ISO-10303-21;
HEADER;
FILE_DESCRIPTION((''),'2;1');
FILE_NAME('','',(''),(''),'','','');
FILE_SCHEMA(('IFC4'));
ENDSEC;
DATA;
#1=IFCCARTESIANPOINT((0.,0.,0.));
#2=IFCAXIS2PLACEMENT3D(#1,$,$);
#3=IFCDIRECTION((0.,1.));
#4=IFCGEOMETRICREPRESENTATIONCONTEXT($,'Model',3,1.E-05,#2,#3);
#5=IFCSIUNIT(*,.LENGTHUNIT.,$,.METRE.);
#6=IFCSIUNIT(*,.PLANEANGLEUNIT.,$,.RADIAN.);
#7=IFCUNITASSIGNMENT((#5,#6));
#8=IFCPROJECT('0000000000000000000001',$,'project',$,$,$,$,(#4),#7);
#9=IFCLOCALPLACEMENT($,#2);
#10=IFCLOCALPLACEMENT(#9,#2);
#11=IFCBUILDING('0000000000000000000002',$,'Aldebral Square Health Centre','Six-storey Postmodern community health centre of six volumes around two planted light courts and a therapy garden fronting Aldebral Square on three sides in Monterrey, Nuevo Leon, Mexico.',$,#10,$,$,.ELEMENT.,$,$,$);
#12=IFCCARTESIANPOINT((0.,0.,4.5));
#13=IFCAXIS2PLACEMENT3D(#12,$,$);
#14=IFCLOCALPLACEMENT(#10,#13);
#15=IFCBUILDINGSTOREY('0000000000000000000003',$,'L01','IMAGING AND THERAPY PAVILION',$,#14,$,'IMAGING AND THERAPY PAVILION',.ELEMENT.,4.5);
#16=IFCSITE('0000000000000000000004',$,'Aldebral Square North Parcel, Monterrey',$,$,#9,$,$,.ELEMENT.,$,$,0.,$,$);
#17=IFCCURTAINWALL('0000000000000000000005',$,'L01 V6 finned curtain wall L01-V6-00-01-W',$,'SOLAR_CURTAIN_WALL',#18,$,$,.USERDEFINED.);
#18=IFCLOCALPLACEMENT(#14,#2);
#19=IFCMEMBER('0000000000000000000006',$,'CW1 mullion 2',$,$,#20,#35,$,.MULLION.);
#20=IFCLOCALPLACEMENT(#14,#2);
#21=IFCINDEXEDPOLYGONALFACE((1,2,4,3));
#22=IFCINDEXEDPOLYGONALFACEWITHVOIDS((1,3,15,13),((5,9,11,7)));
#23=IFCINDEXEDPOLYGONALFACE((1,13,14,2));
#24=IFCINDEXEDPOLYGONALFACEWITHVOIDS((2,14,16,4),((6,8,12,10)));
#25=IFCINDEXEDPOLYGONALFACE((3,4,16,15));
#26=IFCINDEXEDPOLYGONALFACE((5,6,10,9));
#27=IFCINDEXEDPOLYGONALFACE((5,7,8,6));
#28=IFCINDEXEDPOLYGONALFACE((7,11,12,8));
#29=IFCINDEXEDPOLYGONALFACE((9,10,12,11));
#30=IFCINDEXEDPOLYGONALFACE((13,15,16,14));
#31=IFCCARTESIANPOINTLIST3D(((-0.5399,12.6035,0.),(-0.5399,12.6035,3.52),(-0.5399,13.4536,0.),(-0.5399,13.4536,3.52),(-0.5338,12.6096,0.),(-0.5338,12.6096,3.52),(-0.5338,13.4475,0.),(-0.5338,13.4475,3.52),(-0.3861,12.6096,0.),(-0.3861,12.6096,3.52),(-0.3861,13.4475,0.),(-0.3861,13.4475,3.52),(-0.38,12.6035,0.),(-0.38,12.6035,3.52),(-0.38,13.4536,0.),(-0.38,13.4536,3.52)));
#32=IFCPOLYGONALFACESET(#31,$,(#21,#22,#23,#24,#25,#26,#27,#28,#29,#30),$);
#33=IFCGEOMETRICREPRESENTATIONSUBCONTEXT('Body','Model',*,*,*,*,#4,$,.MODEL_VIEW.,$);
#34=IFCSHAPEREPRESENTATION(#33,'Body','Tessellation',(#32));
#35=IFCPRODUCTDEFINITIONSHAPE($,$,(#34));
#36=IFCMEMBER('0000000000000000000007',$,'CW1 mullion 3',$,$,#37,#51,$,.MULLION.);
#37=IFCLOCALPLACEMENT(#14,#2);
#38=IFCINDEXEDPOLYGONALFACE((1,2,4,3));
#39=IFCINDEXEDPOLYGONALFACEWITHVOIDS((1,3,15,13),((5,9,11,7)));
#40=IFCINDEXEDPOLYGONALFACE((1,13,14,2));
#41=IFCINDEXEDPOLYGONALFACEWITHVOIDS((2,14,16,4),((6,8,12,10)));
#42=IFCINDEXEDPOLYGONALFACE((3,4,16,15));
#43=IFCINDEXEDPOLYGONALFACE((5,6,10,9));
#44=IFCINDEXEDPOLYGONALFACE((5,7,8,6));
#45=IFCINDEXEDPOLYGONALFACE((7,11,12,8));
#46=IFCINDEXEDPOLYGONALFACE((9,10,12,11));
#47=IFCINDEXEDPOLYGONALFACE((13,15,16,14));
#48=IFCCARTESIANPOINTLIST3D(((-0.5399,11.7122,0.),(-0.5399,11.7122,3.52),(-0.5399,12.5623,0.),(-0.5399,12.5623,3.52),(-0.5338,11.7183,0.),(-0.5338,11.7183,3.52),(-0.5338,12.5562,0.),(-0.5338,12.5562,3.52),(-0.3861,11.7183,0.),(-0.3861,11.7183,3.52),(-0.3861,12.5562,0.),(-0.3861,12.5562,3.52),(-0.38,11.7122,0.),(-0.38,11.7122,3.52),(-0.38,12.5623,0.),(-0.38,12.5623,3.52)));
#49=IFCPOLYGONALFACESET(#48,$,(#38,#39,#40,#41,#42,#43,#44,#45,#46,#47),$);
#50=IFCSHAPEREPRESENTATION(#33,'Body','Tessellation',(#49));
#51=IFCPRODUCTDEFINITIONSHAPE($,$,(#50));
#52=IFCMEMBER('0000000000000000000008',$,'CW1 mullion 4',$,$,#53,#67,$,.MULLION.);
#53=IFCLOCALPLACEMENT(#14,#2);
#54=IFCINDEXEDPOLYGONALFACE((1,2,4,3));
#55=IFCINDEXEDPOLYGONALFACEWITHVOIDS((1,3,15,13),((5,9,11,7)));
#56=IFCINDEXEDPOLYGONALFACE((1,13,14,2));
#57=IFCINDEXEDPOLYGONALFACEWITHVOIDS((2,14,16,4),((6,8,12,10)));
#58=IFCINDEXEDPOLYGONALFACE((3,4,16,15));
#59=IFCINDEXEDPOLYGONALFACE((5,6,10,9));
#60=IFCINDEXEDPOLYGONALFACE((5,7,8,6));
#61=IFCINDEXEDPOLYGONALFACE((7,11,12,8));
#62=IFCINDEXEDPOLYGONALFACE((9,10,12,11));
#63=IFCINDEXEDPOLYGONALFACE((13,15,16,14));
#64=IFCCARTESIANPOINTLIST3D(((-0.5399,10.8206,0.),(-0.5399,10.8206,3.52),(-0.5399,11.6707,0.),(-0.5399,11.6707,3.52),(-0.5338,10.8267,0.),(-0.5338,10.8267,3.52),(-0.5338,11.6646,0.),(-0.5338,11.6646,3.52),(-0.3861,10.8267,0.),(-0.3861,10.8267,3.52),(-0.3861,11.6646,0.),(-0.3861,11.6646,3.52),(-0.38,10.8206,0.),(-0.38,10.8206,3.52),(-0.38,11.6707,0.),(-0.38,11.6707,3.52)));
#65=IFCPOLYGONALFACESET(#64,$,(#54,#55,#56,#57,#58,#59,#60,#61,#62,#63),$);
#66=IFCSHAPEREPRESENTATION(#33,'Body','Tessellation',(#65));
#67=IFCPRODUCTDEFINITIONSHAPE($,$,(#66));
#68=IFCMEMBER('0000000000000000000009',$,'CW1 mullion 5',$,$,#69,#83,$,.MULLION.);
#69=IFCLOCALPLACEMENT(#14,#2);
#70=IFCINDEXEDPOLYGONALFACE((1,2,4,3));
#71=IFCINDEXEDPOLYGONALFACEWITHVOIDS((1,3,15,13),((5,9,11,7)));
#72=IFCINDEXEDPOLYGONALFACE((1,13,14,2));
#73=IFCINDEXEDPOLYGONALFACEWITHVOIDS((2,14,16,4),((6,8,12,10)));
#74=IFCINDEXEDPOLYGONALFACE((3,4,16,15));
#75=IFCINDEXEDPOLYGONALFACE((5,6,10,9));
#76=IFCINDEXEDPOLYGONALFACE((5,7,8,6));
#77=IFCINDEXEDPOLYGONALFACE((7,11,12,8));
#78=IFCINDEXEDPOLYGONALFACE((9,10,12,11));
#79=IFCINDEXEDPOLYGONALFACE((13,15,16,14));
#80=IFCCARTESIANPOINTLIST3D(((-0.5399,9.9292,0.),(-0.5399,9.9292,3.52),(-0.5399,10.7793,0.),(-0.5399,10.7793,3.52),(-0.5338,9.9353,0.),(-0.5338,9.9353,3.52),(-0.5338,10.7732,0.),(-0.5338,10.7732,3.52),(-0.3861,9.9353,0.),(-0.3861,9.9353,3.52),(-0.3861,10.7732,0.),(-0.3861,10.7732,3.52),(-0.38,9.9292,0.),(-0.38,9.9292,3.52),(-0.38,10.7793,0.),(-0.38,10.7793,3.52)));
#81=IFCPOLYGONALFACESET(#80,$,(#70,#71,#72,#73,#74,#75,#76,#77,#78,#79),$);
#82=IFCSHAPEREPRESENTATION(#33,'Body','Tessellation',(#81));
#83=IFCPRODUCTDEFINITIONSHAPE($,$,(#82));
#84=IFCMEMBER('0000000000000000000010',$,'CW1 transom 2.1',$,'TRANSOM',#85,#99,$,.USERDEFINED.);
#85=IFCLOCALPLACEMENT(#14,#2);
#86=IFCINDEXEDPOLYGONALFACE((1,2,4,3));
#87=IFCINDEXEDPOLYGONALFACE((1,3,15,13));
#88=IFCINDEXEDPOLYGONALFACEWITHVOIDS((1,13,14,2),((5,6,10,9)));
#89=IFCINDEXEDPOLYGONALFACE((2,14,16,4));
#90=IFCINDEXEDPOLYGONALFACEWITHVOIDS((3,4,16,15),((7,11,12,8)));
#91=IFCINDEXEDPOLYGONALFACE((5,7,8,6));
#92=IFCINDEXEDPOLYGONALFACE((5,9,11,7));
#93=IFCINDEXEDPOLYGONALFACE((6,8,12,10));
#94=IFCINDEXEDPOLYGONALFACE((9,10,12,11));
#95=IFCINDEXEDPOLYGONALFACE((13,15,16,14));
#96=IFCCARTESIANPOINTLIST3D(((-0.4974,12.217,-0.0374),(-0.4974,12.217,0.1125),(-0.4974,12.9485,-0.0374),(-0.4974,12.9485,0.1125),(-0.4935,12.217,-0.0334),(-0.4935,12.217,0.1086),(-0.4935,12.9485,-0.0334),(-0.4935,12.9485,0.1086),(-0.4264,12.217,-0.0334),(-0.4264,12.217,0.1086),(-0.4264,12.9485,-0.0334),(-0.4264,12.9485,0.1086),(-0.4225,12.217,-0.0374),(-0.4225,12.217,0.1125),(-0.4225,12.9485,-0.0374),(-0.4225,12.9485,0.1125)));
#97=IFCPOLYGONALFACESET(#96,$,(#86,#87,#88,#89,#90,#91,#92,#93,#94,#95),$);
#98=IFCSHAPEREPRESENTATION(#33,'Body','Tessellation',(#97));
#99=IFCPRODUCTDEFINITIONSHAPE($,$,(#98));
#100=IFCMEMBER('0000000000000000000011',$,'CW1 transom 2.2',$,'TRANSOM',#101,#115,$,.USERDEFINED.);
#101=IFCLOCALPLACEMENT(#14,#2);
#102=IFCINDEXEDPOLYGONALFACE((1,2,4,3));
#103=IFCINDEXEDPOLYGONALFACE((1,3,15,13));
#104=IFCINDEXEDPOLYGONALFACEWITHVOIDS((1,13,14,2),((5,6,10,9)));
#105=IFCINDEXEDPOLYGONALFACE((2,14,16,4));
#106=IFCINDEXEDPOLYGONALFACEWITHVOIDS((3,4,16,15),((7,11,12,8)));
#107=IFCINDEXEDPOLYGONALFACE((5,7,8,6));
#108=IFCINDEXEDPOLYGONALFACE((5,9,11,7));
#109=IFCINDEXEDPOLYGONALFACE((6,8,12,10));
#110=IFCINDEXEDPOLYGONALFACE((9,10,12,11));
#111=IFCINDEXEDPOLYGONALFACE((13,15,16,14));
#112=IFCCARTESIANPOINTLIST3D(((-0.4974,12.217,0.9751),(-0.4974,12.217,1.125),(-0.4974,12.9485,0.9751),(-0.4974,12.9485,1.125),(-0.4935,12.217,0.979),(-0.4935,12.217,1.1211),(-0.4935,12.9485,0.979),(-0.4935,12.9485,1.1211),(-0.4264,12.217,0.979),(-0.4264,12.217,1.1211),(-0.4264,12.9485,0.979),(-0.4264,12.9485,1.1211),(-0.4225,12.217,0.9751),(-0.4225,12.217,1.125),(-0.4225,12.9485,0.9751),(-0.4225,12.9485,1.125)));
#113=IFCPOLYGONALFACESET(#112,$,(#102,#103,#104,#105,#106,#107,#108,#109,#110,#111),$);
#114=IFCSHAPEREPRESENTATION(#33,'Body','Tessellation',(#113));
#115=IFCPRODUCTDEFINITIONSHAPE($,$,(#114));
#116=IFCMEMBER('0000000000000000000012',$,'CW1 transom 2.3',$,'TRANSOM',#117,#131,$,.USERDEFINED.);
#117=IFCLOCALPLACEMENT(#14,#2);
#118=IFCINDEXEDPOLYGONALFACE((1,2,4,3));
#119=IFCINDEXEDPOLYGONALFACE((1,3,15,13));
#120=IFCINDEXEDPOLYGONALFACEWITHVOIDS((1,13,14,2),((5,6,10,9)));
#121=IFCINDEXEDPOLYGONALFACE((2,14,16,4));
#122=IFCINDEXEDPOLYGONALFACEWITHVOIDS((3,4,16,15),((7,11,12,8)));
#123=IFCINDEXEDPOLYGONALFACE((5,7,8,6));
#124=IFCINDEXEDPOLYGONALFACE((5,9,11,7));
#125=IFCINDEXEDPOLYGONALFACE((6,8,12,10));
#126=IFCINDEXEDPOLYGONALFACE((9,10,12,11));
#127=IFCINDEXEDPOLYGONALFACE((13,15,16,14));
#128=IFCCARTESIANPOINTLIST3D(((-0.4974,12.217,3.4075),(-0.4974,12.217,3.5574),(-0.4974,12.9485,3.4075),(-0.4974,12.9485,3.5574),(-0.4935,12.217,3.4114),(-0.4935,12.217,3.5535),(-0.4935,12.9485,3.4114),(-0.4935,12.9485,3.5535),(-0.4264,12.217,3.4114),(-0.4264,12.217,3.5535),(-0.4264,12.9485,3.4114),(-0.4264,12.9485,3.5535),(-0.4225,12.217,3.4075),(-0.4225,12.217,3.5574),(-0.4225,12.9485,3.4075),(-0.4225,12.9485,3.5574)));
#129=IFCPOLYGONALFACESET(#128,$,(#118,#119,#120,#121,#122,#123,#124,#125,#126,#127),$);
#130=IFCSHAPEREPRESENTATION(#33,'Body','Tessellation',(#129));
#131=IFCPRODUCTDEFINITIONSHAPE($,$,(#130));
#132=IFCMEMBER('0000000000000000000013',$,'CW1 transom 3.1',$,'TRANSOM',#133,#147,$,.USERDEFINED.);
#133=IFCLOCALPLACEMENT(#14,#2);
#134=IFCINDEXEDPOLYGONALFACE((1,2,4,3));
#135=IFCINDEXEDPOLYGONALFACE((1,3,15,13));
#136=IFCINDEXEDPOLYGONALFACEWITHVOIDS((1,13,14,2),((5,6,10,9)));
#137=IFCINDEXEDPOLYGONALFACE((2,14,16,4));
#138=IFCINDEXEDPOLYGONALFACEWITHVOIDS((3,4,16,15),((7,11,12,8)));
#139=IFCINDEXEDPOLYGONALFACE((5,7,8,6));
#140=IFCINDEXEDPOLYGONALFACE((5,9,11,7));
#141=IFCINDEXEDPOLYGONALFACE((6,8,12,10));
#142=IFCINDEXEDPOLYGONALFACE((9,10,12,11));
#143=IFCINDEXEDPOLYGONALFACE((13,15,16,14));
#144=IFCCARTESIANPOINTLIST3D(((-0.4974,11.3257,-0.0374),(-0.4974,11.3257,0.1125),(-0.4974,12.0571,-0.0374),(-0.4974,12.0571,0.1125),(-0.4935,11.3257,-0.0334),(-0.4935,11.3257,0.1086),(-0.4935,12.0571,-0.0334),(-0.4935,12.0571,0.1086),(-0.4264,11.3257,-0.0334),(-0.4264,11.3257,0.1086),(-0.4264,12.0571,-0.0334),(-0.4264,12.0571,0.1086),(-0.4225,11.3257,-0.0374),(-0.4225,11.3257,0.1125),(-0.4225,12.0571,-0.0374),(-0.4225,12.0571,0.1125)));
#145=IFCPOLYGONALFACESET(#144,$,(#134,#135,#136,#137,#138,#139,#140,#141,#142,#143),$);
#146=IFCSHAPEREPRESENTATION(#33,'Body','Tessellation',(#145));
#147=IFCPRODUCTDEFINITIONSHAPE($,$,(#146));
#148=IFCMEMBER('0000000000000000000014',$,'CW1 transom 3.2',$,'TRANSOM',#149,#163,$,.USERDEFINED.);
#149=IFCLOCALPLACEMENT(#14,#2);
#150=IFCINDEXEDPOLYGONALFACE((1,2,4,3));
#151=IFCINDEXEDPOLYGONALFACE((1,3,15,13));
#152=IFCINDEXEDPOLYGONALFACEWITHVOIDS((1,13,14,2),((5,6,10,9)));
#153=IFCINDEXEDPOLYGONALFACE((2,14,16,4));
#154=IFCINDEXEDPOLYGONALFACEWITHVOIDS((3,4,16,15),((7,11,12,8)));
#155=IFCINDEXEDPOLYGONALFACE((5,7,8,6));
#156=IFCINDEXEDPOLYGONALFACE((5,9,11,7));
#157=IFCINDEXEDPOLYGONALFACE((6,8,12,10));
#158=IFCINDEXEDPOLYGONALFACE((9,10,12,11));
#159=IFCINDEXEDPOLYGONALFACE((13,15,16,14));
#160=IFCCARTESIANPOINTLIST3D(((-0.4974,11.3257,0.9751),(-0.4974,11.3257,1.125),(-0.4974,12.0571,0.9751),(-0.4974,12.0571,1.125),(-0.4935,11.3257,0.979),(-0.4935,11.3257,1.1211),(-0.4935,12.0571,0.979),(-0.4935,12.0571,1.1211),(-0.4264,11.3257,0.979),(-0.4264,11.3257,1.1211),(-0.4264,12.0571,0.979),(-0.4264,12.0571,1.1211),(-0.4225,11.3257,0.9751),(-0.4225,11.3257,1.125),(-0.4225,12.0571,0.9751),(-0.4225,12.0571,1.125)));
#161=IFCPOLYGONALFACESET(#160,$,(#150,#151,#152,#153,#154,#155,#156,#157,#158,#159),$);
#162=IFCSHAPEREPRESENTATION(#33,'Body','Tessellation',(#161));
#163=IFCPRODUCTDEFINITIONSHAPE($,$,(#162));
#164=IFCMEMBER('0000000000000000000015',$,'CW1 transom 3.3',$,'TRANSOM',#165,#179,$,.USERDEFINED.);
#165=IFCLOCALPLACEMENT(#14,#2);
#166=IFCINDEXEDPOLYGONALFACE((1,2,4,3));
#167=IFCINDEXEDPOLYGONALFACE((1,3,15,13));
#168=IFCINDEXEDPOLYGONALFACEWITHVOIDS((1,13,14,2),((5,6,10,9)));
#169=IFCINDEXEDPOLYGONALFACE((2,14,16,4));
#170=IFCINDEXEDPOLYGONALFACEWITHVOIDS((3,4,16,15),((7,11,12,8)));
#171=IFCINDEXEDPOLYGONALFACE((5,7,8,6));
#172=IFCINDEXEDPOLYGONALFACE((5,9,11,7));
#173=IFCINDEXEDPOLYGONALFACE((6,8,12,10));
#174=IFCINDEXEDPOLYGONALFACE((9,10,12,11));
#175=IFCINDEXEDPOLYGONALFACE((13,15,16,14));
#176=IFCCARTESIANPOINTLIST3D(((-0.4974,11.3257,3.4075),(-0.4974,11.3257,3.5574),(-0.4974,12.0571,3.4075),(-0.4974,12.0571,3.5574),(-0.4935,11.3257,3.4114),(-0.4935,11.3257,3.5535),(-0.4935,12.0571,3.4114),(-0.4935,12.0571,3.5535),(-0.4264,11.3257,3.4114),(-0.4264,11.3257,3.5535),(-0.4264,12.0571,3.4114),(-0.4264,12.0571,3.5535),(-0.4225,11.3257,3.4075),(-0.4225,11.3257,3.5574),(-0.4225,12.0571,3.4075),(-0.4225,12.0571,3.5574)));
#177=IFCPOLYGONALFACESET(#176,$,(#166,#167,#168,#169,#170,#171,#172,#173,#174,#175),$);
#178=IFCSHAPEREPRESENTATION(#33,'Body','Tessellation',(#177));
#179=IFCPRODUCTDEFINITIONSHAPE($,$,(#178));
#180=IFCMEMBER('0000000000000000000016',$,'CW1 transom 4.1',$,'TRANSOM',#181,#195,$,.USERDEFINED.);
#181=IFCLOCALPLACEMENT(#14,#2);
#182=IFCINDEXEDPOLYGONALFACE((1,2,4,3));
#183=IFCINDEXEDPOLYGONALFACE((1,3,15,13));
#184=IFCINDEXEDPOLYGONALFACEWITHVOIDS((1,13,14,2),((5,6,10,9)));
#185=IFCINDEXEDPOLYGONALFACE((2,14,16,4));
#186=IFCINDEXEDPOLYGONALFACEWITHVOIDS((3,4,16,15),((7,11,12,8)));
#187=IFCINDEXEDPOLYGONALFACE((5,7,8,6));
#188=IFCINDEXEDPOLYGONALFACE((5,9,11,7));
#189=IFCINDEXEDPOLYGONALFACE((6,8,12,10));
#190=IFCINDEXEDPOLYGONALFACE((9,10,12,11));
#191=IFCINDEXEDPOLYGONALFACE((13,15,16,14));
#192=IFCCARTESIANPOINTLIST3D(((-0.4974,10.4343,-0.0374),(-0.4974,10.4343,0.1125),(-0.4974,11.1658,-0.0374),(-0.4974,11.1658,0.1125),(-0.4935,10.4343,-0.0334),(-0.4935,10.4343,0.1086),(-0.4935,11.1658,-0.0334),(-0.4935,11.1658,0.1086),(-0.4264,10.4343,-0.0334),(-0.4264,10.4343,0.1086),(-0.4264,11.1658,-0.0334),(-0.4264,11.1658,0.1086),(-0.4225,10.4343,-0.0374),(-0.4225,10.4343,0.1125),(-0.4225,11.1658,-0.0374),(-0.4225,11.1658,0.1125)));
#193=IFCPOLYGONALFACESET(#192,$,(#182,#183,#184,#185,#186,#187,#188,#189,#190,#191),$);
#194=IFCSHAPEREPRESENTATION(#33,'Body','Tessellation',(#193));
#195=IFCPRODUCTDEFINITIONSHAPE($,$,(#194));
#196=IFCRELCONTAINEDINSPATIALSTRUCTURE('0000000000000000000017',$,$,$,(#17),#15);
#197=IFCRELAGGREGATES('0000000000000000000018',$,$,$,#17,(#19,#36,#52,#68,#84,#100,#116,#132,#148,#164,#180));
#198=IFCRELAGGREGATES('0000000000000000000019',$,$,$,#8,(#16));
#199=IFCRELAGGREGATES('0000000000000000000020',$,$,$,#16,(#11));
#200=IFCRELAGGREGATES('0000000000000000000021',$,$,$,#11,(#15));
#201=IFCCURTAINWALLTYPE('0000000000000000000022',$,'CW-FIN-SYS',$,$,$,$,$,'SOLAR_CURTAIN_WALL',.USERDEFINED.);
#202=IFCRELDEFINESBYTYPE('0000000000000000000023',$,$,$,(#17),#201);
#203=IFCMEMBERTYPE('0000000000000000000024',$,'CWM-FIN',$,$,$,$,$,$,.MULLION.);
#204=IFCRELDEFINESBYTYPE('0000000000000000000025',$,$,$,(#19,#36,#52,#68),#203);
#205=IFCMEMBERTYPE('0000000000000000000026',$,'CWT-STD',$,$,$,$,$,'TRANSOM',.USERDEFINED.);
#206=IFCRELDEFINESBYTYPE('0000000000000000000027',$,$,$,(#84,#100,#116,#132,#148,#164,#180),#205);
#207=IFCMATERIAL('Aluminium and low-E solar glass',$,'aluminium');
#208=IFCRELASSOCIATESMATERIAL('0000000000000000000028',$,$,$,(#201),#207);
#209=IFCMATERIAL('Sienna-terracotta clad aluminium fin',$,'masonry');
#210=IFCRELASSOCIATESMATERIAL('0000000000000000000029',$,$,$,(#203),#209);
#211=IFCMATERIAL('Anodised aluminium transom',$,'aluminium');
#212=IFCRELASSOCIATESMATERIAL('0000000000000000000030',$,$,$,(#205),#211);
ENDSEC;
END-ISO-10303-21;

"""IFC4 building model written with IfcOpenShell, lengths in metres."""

from ifc_helpers import new_model, si_unit, direction, frame, origin, origin_2d, place, context, subcontext, project, spatial, hollow_rectangle, extrude, material, material_profile, profile_set, type_object, element, aggregate, save


model = new_model("IFC4")

# Units and contexts
model_context = context("Model", 3, precision=1e-05, world=origin(), true_north=direction((0.0, 1.0)))
body_context = subcontext(model_context, "Body", "Model", "MODEL_VIEW")
ifc_project = project(units=[si_unit("LENGTHUNIT", "METRE"), si_unit("PLANEANGLEUNIT", "RADIAN")], contexts=[model_context])

# Site, building, storey
site_placement = place(None, origin())
site = spatial("IfcSite", under=ifc_project, at=site_placement, Name="Aldebral Square North Parcel, Monterrey", CompositionType="ELEMENT", RefElevation=0.0)
building_placement = place(site_placement, origin())
building = spatial("IfcBuilding", under=site, at=building_placement, Name="Aldebral Square Health Centre", Description="Six-storey Postmodern community health centre of six volumes around two planted light courts and a therapy garden fronting Aldebral Square on three sides in Monterrey, Nuevo Leon, Mexico.", CompositionType="ELEMENT")
storey_placement = place(building_placement, frame((0.0, 0.0, 4.5)))
storey = spatial("IfcBuildingStorey", under=building, at=storey_placement, Name="L01", Description="IMAGING AND THERAPY PAVILION", LongName="IMAGING AND THERAPY PAVILION", CompositionType="ELEMENT", Elevation=4.5)

# Curtain wall, members
ifc_material_1 = material(Name="Aluminium and low-E solar glass", Category="aluminium")
curtain_wall_type = type_object("IfcCurtainWallType", Name="CW-FIN-SYS", ElementType="SOLAR_CURTAIN_WALL", PredefinedType="USERDEFINED", material=ifc_material_1)
curtain_wall_placement = place(storey_placement, origin())
curtain_wall = element("IfcCurtainWall", 1, at=curtain_wall_placement, inside=storey, type_object=curtain_wall_type, Name="L01 V6 finned curtain wall L01-V6-00-01-W", ObjectType="SOLAR_CURTAIN_WALL", PredefinedType="USERDEFINED")
ifc_material_2 = material(Name="Sienna-terracotta clad aluminium fin", Category="masonry")
ifc_material_profile_1 = material_profile(ifc_material_2, hollow_rectangle(XDim=0.1599, YDim=0.8501, WallThickness=0.0061, at=origin_2d()), Name="FIN 160x850x6")
ifc_profile_set_1 = profile_set([ifc_material_profile_1], Name="Sienna-terracotta clad aluminium fin")
member_type_1 = type_object("IfcMemberType", Name="CWM-FIN", PredefinedType="MULLION", material=ifc_profile_set_1)
member_1_placement = place(storey_placement, frame((-0.46, 13.0286, 0.0), z_axis=(0.0, 0.0, 1.0), x_axis=(1.0, 0.0, 0.0)))
member_1 = element("IfcMember", 2, at=member_1_placement, type_object=member_type_1, Name="CW1 mullion 2", PredefinedType="MULLION", context=body_context, shape_type="SweptSolid", body=[
    extrude(hollow_rectangle(XDim=0.1599, YDim=0.8501, WallThickness=0.0061, at=origin_2d()), origin(), (0.0, 0.0, 1.0), 3.52),
])
member_2_placement = place(storey_placement, frame((-0.46, 12.1372, 0.0), z_axis=(0.0, 0.0, 1.0), x_axis=(1.0, 0.0, 0.0)))
member_2 = element("IfcMember", 3, at=member_2_placement, type_object=member_type_1, Name="CW1 mullion 3", PredefinedType="MULLION", context=body_context, shape_type="SweptSolid", body=[
    extrude(hollow_rectangle(XDim=0.1599, YDim=0.8501, WallThickness=0.0061, at=origin_2d()), origin(), (0.0, 0.0, 1.0), 3.52),
])
member_3_placement = place(storey_placement, frame((-0.46, 11.2456, 0.0), z_axis=(0.0, 0.0, 1.0), x_axis=(1.0, 0.0, 0.0)))
member_3 = element("IfcMember", 4, at=member_3_placement, type_object=member_type_1, Name="CW1 mullion 4", PredefinedType="MULLION", context=body_context, shape_type="SweptSolid", body=[
    extrude(hollow_rectangle(XDim=0.1599, YDim=0.8501, WallThickness=0.0061, at=origin_2d()), origin(), (0.0, 0.0, 1.0), 3.52),
])
member_4_placement = place(storey_placement, frame((-0.46, 10.3542, 0.0), z_axis=(0.0, 0.0, 1.0), x_axis=(1.0, 0.0, 0.0)))
member_4 = element("IfcMember", 5, at=member_4_placement, type_object=member_type_1, Name="CW1 mullion 5", PredefinedType="MULLION", context=body_context, shape_type="SweptSolid", body=[
    extrude(hollow_rectangle(XDim=0.1599, YDim=0.8501, WallThickness=0.0061, at=origin_2d()), origin(), (0.0, 0.0, 1.0), 3.52),
])
ifc_material_3 = material(Name="Anodised aluminium transom", Category="aluminium")
ifc_material_profile_2 = material_profile(ifc_material_3, hollow_rectangle(XDim=0.075, YDim=0.1499, WallThickness=0.0039, at=origin_2d()), Name="CWT 75x150x4")
ifc_profile_set_2 = profile_set([ifc_material_profile_2], Name="Anodised aluminium transom")
member_type_2 = type_object("IfcMemberType", Name="CWT-STD", ElementType="TRANSOM", PredefinedType="USERDEFINED", material=ifc_profile_set_2)
member_5_placement = place(storey_placement, frame((-0.46, 12.9485, 0.0376), z_axis=(0.0, -1.0, 0.0), x_axis=(1.0, 0.0, 0.0)))
member_5 = element("IfcMember", 6, at=member_5_placement, type_object=member_type_2, Name="CW1 transom 2.1", ObjectType="TRANSOM", PredefinedType="USERDEFINED", context=body_context, shape_type="SweptSolid", body=[
    extrude(hollow_rectangle(XDim=0.075, YDim=0.1499, WallThickness=0.0039, at=origin_2d()), origin(), (0.0, 0.0, 1.0), 0.7314),
])
member_6_placement = place(storey_placement, frame((-0.46, 12.9485, 1.05), z_axis=(0.0, -1.0, 0.0), x_axis=(1.0, 0.0, 0.0)))
member_6 = element("IfcMember", 7, at=member_6_placement, type_object=member_type_2, Name="CW1 transom 2.2", ObjectType="TRANSOM", PredefinedType="USERDEFINED", context=body_context, shape_type="SweptSolid", body=[
    extrude(hollow_rectangle(XDim=0.075, YDim=0.1499, WallThickness=0.0039, at=origin_2d()), origin(), (0.0, 0.0, 1.0), 0.7314),
])
member_7_placement = place(storey_placement, frame((-0.46, 12.9485, 3.4824), z_axis=(0.0, -1.0, 0.0), x_axis=(1.0, 0.0, 0.0)))
member_7 = element("IfcMember", 8, at=member_7_placement, type_object=member_type_2, Name="CW1 transom 2.3", ObjectType="TRANSOM", PredefinedType="USERDEFINED", context=body_context, shape_type="SweptSolid", body=[
    extrude(hollow_rectangle(XDim=0.075, YDim=0.1499, WallThickness=0.0039, at=origin_2d()), origin(), (0.0, 0.0, 1.0), 0.7314),
])
member_8_placement = place(storey_placement, frame((-0.46, 12.0571, 0.0376), z_axis=(0.0, -1.0, 0.0), x_axis=(1.0, 0.0, 0.0)))
member_8 = element("IfcMember", 9, at=member_8_placement, type_object=member_type_2, Name="CW1 transom 3.1", ObjectType="TRANSOM", PredefinedType="USERDEFINED", context=body_context, shape_type="SweptSolid", body=[
    extrude(hollow_rectangle(XDim=0.075, YDim=0.1499, WallThickness=0.0039, at=origin_2d()), origin(), (0.0, 0.0, 1.0), 0.7314),
])
member_9_placement = place(storey_placement, frame((-0.46, 12.0571, 1.05), z_axis=(0.0, -1.0, 0.0), x_axis=(1.0, 0.0, 0.0)))
member_9 = element("IfcMember", 10, at=member_9_placement, type_object=member_type_2, Name="CW1 transom 3.2", ObjectType="TRANSOM", PredefinedType="USERDEFINED", context=body_context, shape_type="SweptSolid", body=[
    extrude(hollow_rectangle(XDim=0.075, YDim=0.1499, WallThickness=0.0039, at=origin_2d()), origin(), (0.0, 0.0, 1.0), 0.7314),
])
member_10_placement = place(storey_placement, frame((-0.46, 12.0571, 3.4824), z_axis=(0.0, -1.0, 0.0), x_axis=(1.0, 0.0, 0.0)))
member_10 = element("IfcMember", 11, at=member_10_placement, type_object=member_type_2, Name="CW1 transom 3.3", ObjectType="TRANSOM", PredefinedType="USERDEFINED", context=body_context, shape_type="SweptSolid", body=[
    extrude(hollow_rectangle(XDim=0.075, YDim=0.1499, WallThickness=0.0039, at=origin_2d()), origin(), (0.0, 0.0, 1.0), 0.7314),
])
member_11_placement = place(storey_placement, frame((-0.46, 11.1658, 0.0376), z_axis=(0.0, -1.0, 0.0), x_axis=(1.0, 0.0, 0.0)))
member_11 = element("IfcMember", 12, at=member_11_placement, type_object=member_type_2, Name="CW1 transom 4.1", ObjectType="TRANSOM", PredefinedType="USERDEFINED", context=body_context, shape_type="SweptSolid", body=[
    extrude(hollow_rectangle(XDim=0.075, YDim=0.1499, WallThickness=0.0039, at=origin_2d()), origin(), (0.0, 0.0, 1.0), 0.7314),
])
aggregate(curtain_wall, [member_1, member_2, member_3, member_4, member_5, member_6, member_7, member_8, member_9, member_10, member_11])

save(model, "model.ifc")
